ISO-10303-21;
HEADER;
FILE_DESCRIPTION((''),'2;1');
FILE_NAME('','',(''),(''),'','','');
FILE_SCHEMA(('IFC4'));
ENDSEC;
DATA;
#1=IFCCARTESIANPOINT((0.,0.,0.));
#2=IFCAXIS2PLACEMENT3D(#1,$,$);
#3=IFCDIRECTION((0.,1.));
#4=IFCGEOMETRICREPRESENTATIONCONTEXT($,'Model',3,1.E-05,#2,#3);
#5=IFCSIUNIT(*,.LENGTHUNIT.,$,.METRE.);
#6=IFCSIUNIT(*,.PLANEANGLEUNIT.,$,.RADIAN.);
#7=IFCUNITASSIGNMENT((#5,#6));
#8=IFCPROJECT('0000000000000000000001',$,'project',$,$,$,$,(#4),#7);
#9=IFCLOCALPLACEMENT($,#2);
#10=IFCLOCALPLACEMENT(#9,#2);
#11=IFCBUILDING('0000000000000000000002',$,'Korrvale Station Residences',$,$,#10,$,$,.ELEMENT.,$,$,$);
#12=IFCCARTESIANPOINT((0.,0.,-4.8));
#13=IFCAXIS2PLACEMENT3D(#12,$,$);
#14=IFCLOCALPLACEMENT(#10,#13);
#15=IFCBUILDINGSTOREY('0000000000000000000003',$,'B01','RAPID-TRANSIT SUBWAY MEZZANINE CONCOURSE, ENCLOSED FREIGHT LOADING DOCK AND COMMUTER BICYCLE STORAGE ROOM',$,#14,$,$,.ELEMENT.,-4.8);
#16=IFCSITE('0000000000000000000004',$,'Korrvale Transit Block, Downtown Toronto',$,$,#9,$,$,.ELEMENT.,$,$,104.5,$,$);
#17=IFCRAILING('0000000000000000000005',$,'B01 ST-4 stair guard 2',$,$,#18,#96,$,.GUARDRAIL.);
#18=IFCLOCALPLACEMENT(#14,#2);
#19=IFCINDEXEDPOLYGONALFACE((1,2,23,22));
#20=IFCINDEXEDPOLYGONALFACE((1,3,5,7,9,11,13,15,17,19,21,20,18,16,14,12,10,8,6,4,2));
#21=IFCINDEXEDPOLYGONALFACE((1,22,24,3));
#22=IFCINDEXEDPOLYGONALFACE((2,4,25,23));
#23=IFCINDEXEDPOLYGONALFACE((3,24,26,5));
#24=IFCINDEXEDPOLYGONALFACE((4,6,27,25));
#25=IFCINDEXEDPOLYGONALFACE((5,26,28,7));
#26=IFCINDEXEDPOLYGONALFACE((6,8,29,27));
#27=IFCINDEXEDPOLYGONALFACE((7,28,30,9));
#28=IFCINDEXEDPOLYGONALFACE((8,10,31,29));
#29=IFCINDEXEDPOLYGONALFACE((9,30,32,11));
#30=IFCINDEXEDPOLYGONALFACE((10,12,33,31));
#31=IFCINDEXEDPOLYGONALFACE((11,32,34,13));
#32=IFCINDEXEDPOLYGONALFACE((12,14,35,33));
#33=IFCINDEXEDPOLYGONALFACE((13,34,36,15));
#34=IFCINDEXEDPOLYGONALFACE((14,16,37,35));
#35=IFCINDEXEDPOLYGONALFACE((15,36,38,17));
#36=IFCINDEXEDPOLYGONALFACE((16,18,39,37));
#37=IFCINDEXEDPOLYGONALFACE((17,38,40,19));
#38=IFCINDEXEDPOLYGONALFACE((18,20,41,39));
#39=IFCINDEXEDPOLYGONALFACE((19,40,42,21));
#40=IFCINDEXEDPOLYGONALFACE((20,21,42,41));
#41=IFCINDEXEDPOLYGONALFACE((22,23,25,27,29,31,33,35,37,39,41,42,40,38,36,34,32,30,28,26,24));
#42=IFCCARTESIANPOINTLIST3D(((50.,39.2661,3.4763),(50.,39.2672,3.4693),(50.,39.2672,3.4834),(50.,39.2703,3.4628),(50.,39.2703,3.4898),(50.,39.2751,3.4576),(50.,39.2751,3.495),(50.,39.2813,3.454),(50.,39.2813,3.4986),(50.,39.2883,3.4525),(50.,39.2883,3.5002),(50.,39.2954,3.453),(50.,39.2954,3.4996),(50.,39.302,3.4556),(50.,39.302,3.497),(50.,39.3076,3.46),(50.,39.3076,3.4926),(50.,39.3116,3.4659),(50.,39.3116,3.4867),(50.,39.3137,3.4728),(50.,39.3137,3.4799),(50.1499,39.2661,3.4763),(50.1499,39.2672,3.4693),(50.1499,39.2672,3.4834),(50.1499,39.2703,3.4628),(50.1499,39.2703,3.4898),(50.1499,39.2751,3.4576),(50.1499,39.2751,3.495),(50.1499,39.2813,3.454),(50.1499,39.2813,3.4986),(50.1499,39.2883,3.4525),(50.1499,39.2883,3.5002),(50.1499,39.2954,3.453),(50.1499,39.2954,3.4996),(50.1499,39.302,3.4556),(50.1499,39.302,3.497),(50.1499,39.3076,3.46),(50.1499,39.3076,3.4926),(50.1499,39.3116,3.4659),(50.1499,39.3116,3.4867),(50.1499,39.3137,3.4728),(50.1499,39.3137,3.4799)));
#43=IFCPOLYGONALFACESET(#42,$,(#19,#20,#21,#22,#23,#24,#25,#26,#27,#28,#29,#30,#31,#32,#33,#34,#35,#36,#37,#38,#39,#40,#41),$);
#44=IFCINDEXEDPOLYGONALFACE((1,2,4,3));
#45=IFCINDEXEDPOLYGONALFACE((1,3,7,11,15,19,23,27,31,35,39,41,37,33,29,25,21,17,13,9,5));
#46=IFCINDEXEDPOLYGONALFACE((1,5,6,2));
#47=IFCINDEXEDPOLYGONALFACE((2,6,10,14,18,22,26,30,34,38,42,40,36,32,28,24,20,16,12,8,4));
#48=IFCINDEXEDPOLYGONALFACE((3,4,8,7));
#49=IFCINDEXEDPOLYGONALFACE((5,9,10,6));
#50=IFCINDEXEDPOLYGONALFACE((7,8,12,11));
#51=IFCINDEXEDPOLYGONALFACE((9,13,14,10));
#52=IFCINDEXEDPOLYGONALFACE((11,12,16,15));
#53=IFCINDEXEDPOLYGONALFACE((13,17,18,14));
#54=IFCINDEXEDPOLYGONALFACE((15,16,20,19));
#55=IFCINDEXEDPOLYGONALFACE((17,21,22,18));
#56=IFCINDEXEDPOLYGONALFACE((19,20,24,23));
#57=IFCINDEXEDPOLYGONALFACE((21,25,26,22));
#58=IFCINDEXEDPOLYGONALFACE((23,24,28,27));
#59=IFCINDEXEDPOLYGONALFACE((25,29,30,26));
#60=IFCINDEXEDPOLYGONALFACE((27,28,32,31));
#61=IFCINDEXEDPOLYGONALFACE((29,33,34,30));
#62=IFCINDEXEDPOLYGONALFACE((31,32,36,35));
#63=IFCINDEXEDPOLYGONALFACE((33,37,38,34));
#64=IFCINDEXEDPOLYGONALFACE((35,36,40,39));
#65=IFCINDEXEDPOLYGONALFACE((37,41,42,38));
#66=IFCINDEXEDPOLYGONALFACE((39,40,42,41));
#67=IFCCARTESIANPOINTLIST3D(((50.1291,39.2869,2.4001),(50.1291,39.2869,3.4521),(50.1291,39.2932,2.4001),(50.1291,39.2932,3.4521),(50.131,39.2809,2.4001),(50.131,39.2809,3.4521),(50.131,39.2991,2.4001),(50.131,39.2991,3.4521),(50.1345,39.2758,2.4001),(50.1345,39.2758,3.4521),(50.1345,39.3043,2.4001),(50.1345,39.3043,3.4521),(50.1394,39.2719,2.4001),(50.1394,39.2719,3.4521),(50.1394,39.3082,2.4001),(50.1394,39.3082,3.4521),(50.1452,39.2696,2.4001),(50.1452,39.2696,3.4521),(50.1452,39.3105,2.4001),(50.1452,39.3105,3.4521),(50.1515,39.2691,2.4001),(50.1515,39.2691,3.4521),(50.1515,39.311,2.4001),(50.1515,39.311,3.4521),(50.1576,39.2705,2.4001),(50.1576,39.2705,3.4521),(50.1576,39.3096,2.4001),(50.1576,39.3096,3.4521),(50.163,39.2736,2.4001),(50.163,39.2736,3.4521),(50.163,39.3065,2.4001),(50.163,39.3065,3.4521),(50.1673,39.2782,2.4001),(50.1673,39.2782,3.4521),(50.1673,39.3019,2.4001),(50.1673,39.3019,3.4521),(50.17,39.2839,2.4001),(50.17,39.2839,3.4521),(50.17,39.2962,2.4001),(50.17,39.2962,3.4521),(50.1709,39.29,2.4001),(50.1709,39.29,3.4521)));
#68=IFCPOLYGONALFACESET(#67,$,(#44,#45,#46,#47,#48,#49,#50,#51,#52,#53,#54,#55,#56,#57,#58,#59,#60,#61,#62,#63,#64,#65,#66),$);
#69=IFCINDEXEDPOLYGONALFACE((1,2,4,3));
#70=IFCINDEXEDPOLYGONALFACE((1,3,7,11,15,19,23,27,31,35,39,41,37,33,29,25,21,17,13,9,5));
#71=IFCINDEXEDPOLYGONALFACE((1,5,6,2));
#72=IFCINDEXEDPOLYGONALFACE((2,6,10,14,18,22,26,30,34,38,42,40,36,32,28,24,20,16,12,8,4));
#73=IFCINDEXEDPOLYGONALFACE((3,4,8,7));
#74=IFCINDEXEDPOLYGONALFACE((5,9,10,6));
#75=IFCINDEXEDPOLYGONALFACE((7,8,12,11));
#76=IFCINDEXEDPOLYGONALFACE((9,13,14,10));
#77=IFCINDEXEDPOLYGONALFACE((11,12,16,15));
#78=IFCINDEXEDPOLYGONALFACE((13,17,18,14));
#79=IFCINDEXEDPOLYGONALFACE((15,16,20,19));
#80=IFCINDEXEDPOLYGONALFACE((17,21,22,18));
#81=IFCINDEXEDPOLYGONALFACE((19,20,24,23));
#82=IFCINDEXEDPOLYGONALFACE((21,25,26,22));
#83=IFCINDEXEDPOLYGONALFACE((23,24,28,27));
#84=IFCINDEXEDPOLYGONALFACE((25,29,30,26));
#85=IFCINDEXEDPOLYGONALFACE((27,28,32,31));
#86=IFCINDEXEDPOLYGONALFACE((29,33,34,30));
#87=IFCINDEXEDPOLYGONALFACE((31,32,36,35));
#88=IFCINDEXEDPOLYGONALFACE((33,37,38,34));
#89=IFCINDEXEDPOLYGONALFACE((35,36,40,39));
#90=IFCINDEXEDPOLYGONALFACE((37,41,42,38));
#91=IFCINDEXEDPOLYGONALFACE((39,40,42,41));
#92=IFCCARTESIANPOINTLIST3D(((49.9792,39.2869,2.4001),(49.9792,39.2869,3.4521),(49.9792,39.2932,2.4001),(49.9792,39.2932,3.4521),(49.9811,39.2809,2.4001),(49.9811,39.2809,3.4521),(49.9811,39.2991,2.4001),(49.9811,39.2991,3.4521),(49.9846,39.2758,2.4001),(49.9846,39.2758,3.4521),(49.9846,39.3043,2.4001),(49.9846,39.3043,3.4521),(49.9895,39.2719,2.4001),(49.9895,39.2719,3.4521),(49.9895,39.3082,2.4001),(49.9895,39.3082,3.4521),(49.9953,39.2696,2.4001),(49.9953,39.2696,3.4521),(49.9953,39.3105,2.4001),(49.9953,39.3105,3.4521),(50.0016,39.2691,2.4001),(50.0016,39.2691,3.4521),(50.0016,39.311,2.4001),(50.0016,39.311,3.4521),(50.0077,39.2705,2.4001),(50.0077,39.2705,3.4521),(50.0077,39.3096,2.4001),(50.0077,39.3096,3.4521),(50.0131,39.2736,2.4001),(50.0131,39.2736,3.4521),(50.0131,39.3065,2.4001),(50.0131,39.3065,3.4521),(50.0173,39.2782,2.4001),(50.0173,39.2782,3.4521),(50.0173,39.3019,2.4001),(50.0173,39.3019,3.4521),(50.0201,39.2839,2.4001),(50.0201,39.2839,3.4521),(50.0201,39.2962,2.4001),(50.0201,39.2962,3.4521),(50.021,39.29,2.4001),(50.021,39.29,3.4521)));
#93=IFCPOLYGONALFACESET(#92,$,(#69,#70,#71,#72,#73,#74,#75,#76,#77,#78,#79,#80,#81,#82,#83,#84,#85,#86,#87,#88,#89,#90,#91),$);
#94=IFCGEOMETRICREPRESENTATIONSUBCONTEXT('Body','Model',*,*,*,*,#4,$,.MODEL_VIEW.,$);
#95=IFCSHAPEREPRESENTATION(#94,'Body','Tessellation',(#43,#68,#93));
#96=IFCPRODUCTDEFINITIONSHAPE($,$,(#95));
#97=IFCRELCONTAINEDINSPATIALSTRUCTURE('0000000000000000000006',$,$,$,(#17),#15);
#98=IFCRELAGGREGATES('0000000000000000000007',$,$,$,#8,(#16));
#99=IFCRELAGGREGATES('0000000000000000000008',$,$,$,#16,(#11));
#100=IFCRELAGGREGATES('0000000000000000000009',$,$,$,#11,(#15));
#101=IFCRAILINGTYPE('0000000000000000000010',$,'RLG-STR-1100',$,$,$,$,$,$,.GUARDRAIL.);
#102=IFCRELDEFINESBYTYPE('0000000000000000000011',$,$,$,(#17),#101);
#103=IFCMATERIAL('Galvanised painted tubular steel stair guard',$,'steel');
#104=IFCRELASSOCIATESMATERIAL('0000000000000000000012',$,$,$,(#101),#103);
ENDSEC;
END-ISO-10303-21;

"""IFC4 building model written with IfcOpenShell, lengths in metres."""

from ifc_helpers import new_model, si_unit, direction, frame, origin, origin_2d, place, context, subcontext, project, spatial, circle, extrude, material, type_object, element, save


model = new_model("IFC4")

# Units and contexts
model_context = context("Model", 3, precision=1e-05, world=origin(), true_north=direction((0.0, 1.0)))
body_context = subcontext(model_context, "Body", "Model", "MODEL_VIEW")
ifc_project = project(units=[si_unit("LENGTHUNIT", "METRE"), si_unit("PLANEANGLEUNIT", "RADIAN")], contexts=[model_context])

# Site, building, storey
site_placement = place(None, origin())
site = spatial("IfcSite", under=ifc_project, at=site_placement, Name="Korrvale Transit Block, Downtown Toronto", CompositionType="ELEMENT", RefElevation=104.5)
building_placement = place(site_placement, origin())
building = spatial("IfcBuilding", under=site, at=building_placement, Name="Korrvale Station Residences", CompositionType="ELEMENT")
storey_placement = place(building_placement, frame((0.0, 0.0, -4.8)))
storey = spatial("IfcBuildingStorey", under=building, at=storey_placement, Name="B01", Description="RAPID-TRANSIT SUBWAY MEZZANINE CONCOURSE, ENCLOSED FREIGHT LOADING DOCK AND COMMUTER BICYCLE STORAGE ROOM", CompositionType="ELEMENT", Elevation=-4.8)

# Railing
ifc_material_1 = material(Name="Galvanised painted tubular steel stair guard", Category="steel")
railing_type_1 = type_object("IfcRailingType", Name="RLG-STR-1100", PredefinedType="GUARDRAIL", material=ifc_material_1)
railing_1_placement = place(storey_placement, frame((50.1499, 39.29, 2.4001)))
element("IfcRailing", 1, at=railing_1_placement, inside=storey, type_object=railing_type_1, Name="B01 ST-4 stair guard 2", PredefinedType="GUARDRAIL", context=body_context, shape_type="SweptSolid", body=[
    extrude(circle(Radius=0.0239, at=origin_2d()), frame((0.0, 0.0, 1.0762), z_axis=(-1.0, 0.0, 0.0), x_axis=(0.0, -1.0, 0.0)), (0.0, 0.0, 1.0), 0.1499),
    extrude(circle(Radius=0.021, at=origin_2d()), origin(), (0.0, 0.0, 1.0), 1.052),
    extrude(circle(Radius=0.021, at=origin_2d()), frame((-0.1499, 0.0, 0.0)), (0.0, 0.0, 1.0), 1.052),
])

save(model, "model.ifc")
